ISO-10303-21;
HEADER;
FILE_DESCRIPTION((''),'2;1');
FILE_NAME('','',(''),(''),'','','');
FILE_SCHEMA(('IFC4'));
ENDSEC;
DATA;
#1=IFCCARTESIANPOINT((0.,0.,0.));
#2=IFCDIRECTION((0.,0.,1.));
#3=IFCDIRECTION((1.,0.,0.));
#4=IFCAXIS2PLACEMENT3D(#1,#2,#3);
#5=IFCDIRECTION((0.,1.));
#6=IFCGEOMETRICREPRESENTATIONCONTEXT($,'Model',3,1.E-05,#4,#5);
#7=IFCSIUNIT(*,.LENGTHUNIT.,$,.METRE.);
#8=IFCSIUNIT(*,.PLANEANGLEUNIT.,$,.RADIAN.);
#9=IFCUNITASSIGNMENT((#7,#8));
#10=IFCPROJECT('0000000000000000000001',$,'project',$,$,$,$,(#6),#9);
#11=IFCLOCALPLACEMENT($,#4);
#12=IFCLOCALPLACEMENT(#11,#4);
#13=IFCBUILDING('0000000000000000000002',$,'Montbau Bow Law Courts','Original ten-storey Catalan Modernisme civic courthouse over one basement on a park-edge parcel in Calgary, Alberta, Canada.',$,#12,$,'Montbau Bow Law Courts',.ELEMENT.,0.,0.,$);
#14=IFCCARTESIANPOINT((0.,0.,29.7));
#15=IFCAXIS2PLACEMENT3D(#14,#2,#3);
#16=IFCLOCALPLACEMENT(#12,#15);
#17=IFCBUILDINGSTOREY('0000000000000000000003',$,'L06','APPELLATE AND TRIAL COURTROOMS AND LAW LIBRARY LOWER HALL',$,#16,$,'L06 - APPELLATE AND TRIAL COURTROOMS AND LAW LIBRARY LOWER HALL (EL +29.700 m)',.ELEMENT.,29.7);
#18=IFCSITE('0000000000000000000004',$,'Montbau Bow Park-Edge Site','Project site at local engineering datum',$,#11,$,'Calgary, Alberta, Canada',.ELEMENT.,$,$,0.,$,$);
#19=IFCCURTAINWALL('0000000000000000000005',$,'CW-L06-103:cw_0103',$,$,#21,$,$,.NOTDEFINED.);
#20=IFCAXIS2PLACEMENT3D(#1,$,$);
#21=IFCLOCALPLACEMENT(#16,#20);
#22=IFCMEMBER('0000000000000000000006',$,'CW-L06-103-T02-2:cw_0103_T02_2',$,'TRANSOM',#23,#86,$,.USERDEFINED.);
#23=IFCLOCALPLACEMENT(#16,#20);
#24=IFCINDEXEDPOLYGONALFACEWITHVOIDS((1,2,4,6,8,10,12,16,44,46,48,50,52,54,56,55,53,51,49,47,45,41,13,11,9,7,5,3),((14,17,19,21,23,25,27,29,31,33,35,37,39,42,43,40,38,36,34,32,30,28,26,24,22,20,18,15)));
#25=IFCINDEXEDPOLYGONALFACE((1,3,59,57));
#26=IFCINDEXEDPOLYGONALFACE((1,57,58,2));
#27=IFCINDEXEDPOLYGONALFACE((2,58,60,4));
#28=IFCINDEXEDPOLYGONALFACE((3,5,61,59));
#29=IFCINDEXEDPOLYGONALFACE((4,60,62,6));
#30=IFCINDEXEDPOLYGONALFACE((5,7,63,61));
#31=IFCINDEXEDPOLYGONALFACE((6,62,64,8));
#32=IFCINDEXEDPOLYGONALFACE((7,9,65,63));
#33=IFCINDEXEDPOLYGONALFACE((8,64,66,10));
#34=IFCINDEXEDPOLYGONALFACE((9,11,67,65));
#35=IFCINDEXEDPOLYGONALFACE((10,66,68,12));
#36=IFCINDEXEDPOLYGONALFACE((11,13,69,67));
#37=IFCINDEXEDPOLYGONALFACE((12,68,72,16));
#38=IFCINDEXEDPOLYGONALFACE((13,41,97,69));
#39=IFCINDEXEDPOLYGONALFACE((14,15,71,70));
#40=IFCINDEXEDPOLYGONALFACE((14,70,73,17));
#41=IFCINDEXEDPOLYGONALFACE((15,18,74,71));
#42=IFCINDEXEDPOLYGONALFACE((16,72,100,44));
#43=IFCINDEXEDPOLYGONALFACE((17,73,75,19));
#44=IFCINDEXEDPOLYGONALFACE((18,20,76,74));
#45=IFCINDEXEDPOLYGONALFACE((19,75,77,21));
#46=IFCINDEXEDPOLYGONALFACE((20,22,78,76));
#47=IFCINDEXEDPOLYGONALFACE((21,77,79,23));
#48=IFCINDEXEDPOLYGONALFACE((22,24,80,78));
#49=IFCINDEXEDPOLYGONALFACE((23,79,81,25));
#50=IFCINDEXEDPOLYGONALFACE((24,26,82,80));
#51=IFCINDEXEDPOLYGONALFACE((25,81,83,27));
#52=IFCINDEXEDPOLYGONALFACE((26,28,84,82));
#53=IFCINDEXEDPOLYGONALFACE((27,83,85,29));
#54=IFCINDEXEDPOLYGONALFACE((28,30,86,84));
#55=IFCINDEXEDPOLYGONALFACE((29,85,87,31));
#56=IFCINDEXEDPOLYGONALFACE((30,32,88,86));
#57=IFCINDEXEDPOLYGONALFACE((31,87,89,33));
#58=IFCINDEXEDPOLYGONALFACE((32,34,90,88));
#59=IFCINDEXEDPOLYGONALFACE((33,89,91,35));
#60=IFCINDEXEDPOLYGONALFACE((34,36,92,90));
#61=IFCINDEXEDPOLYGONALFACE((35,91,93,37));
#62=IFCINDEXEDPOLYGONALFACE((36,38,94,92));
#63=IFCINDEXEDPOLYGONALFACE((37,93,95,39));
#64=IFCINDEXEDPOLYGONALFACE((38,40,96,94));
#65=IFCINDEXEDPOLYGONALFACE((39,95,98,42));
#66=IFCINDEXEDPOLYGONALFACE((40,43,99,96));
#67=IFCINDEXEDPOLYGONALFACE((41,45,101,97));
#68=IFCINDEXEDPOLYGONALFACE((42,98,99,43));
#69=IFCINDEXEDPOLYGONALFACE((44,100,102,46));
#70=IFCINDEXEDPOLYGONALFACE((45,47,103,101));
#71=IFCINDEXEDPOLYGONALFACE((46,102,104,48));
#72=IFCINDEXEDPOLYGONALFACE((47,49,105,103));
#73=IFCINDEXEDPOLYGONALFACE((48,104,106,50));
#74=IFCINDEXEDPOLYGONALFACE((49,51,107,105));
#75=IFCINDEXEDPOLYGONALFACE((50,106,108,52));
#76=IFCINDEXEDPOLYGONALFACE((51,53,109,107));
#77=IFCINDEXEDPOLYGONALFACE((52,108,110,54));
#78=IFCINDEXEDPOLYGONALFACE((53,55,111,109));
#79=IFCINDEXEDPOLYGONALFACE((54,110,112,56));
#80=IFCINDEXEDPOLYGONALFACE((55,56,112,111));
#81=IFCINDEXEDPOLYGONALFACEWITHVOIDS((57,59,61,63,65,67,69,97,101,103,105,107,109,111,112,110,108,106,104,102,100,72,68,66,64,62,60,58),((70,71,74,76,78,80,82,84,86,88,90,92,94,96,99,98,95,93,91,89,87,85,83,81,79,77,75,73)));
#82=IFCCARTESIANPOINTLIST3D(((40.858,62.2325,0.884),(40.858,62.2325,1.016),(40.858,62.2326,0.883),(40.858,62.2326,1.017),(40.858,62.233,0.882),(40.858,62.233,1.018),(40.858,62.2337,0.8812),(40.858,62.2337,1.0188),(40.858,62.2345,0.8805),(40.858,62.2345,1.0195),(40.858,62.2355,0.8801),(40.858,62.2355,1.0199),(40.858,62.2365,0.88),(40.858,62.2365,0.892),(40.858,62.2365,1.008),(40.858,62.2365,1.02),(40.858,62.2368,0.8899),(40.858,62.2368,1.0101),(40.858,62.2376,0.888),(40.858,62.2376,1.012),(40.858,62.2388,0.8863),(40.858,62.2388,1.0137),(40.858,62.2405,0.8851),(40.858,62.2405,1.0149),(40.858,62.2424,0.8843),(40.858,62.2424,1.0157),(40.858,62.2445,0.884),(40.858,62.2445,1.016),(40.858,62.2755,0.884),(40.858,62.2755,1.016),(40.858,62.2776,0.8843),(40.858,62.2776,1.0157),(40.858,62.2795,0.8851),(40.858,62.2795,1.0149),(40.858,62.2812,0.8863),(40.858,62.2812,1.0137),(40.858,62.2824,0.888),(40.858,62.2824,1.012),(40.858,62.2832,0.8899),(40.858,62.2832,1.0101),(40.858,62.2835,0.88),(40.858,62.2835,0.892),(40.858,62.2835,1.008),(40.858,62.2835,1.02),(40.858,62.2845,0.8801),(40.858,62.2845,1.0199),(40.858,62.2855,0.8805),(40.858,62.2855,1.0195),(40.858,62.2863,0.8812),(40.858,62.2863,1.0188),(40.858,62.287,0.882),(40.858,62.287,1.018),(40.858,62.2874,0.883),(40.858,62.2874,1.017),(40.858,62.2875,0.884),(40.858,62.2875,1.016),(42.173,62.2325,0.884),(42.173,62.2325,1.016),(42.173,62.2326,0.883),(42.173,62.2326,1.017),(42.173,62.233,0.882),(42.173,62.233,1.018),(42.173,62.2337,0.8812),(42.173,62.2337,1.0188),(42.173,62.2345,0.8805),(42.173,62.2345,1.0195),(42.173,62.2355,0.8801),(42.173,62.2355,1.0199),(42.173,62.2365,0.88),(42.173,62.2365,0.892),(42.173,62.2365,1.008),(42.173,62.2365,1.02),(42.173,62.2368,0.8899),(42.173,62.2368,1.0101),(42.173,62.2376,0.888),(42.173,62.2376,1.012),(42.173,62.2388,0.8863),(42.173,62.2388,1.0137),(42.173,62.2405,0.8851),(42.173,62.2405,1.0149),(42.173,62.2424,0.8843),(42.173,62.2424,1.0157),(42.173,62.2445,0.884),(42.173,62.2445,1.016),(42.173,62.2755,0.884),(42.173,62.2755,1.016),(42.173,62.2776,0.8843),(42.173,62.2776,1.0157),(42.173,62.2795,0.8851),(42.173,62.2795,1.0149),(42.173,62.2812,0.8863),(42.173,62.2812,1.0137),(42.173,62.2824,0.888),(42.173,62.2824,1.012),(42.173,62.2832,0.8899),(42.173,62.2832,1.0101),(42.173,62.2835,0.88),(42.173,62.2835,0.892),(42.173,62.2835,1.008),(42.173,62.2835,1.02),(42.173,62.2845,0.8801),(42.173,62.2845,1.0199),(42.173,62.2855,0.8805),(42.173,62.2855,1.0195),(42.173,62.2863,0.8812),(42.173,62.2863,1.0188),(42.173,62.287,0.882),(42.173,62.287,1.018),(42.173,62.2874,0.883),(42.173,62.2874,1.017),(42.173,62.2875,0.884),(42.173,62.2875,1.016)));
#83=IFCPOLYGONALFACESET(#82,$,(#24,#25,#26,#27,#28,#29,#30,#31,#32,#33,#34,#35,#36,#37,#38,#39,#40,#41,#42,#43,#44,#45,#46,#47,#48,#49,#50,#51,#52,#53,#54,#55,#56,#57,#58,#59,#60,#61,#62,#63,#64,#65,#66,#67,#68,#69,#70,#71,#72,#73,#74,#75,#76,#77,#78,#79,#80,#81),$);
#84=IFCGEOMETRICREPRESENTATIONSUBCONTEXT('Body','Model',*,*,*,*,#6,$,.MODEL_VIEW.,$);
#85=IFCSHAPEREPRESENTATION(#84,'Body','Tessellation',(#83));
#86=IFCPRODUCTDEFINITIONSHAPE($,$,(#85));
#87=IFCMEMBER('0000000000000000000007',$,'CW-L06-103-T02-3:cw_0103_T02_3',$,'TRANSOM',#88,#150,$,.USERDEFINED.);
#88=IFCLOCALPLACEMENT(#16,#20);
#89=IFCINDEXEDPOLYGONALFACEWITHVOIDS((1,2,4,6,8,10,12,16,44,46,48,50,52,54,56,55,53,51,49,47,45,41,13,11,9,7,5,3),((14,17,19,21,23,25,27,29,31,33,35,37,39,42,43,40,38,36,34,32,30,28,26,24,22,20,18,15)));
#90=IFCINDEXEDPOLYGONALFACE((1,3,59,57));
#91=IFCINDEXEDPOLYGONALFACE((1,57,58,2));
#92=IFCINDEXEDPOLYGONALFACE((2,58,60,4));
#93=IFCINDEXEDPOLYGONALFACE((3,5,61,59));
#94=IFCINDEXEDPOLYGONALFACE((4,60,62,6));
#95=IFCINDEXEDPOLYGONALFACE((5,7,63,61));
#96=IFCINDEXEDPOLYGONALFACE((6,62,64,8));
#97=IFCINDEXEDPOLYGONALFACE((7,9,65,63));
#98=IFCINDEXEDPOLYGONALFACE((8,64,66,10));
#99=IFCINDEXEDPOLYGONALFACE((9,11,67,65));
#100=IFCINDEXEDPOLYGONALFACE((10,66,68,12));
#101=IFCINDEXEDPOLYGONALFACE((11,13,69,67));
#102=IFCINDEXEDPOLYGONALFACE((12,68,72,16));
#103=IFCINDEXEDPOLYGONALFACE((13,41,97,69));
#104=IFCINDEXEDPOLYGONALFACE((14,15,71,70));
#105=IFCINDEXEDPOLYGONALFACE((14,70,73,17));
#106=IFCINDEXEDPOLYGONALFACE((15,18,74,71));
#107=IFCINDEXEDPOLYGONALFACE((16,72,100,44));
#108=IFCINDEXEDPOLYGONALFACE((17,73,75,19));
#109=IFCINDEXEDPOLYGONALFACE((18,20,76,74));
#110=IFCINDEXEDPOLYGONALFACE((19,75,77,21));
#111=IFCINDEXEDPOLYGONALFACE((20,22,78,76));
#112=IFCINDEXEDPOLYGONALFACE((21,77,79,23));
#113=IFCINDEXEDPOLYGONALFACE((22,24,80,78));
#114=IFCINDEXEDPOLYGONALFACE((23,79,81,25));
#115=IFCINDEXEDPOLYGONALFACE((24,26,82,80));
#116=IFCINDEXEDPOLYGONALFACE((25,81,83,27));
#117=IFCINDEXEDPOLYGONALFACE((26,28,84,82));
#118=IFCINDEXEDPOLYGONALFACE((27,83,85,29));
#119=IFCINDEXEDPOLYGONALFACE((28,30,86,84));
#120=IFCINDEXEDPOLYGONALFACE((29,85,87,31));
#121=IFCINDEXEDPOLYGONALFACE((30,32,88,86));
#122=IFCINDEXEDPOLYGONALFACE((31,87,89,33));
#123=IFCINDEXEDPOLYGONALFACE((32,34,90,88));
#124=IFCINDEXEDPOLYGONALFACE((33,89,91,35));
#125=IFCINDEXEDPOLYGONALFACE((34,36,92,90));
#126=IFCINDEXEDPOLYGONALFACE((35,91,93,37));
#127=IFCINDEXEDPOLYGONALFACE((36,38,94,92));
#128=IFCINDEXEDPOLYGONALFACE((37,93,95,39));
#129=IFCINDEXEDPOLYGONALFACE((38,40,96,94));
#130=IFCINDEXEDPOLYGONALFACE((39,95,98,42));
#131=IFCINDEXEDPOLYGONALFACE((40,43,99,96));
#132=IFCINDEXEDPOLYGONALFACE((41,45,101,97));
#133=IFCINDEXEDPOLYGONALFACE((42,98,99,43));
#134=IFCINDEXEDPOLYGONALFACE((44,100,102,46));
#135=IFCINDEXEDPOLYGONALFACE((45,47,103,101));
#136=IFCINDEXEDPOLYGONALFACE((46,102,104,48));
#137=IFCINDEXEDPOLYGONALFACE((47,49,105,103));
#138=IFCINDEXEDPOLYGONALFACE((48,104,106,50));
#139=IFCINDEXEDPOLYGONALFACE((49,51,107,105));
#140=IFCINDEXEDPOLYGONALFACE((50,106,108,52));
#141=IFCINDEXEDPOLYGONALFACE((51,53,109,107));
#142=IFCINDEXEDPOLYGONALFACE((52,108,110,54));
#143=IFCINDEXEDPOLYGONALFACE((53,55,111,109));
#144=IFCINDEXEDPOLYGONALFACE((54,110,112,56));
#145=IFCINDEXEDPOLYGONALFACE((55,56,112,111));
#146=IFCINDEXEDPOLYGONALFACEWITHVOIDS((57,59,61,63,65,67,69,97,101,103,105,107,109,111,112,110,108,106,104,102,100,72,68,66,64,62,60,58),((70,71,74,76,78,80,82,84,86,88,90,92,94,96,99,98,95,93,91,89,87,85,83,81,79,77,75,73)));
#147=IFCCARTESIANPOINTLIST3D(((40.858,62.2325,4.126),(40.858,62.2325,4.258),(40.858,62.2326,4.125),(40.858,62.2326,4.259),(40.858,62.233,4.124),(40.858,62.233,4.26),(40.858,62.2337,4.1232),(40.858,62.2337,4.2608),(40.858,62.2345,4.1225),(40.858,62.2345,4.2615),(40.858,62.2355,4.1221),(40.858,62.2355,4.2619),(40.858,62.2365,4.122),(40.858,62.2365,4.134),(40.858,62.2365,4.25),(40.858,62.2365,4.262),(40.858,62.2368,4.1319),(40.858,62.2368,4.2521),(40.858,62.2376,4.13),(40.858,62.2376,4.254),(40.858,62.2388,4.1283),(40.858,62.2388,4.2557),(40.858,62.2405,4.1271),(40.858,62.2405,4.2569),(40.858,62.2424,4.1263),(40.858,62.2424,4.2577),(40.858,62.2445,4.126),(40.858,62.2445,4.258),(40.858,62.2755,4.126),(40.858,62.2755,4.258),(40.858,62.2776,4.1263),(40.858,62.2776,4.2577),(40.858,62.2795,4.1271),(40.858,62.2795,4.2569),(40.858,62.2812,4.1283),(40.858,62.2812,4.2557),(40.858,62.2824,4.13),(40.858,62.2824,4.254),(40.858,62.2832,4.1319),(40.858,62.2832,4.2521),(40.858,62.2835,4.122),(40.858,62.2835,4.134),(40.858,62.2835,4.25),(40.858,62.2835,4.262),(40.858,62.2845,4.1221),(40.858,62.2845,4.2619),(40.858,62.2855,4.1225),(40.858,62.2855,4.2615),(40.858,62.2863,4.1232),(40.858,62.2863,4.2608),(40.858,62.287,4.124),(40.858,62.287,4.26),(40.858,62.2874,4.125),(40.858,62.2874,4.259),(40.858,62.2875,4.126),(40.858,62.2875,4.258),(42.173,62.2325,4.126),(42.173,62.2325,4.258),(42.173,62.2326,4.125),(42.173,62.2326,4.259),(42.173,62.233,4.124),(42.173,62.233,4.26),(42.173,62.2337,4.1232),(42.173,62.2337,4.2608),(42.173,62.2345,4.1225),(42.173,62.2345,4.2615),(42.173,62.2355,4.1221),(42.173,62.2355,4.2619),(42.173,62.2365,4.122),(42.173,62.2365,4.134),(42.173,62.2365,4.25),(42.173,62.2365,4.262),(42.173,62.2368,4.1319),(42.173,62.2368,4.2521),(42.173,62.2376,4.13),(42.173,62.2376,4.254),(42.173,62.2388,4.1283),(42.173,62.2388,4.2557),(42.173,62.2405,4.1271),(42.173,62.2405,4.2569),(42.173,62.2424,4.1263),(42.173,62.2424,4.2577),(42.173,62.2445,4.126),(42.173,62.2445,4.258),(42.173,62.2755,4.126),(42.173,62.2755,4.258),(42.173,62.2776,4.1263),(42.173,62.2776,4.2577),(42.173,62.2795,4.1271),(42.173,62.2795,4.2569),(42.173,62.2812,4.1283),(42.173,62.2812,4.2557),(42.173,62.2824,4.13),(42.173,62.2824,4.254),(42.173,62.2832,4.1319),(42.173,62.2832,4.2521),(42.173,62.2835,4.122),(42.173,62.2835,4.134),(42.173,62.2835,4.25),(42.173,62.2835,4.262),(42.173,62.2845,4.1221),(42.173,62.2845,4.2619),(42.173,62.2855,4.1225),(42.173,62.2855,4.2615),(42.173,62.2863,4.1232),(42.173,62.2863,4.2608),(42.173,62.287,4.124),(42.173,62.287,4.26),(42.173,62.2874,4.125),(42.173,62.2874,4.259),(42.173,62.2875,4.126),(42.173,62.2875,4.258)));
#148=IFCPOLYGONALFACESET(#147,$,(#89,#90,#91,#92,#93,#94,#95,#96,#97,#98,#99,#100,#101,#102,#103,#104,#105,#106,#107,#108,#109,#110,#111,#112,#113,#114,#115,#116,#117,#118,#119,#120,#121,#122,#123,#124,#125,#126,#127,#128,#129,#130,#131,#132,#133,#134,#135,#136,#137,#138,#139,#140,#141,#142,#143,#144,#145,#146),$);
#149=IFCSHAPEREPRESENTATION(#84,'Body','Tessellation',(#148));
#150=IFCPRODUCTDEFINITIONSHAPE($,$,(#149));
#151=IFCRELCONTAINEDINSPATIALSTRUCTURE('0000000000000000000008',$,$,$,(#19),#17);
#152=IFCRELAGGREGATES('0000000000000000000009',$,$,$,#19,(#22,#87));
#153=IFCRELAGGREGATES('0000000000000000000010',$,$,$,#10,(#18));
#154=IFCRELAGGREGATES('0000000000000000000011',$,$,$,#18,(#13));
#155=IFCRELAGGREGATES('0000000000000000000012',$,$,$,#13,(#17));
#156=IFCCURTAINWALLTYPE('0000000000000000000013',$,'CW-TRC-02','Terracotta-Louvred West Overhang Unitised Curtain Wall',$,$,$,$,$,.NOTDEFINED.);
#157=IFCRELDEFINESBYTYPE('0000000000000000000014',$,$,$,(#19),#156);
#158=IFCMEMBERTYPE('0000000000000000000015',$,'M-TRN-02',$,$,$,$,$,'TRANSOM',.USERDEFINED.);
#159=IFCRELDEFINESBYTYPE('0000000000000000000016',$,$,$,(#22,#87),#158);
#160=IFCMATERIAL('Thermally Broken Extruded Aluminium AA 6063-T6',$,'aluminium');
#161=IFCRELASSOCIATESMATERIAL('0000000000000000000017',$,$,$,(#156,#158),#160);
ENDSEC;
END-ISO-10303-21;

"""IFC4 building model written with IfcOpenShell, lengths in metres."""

from ifc_helpers import new_model, si_unit, direction, frame, origin_with_axes, origin_2d_with_axis, place, context, subcontext, project, spatial, hollow_rectangle, extrude, material, material_profile, profile_set, type_object, element, aggregate, save


model = new_model("IFC4")

# Units and contexts
model_context = context("Model", 3, precision=1e-05, world=origin_with_axes(), true_north=direction((0.0, 1.0)))
body_context = subcontext(model_context, "Body", "Model", "MODEL_VIEW")
ifc_project = project(units=[si_unit("LENGTHUNIT", "METRE"), si_unit("PLANEANGLEUNIT", "RADIAN")], contexts=[model_context])

# Site, building, storey
site_placement = place(None, origin_with_axes())
site = spatial("IfcSite", under=ifc_project, at=site_placement, Name="Montbau Bow Park-Edge Site", Description="Project site at local engineering datum", LongName="Calgary, Alberta, Canada", CompositionType="ELEMENT", RefElevation=0.0)
building_placement = place(site_placement, origin_with_axes())
building = spatial("IfcBuilding", under=site, at=building_placement, Name="Montbau Bow Law Courts", Description="Original ten-storey Catalan Modernisme civic courthouse over one basement on a park-edge parcel in Calgary, Alberta, Canada.", LongName="Montbau Bow Law Courts", CompositionType="ELEMENT", ElevationOfRefHeight=0.0, ElevationOfTerrain=0.0)
storey_placement = place(building_placement, frame((0.0, 0.0, 29.7), z_axis=(0.0, 0.0, 1.0), x_axis=(1.0, 0.0, 0.0)))
storey = spatial("IfcBuildingStorey", under=building, at=storey_placement, Name="L06", Description="APPELLATE AND TRIAL COURTROOMS AND LAW LIBRARY LOWER HALL", LongName="L06 - APPELLATE AND TRIAL COURTROOMS AND LAW LIBRARY LOWER HALL (EL +29.700 m)", CompositionType="ELEMENT", Elevation=29.7)

# Curtain wall, members
ifc_material_1 = material(Name="Thermally Broken Extruded Aluminium AA 6063-T6", Category="aluminium")
curtain_wall_type = type_object("IfcCurtainWallType", Name="CW-TRC-02", Description="Terracotta-Louvred West Overhang Unitised Curtain Wall", PredefinedType="NOTDEFINED", material=ifc_material_1)
curtain_wall_placement = place(None, frame((39.44, 62.26, 29.7), z_axis=(0.0, 0.0, 1.0), x_axis=(1.0, 0.0, 0.0)))
curtain_wall = element("IfcCurtainWall", 1, at=curtain_wall_placement, inside=storey, type_object=curtain_wall_type, Name="CW-L06-103:cw_0103", PredefinedType="NOTDEFINED")
ifc_material_profile_1 = material_profile(ifc_material_1, hollow_rectangle(XDim=0.055, YDim=0.14, WallThickness=0.004, InnerFilletRadius=0.008, OuterFilletRadius=0.004, at=origin_2d_with_axis()), Name="CWT-140X55", Category="Main", Priority=0)
ifc_profile_set_1 = profile_set([ifc_material_profile_1], Name="Thermally Broken Extruded Aluminium AA 6063-T6")
member_type_1 = type_object("IfcMemberType", Name="M-TRN-02", ElementType="TRANSOM", PredefinedType="USERDEFINED", material=ifc_profile_set_1)
member_1_placement = place(None, frame((40.858, 62.26, 30.65), z_axis=(1.0, 0.0, 0.0), x_axis=(0.0, 1.0, 0.0)))
member_1 = element("IfcMember", 2, at=member_1_placement, type_object=member_type_1, Name="CW-L06-103-T02-2:cw_0103_T02_2", ObjectType="TRANSOM", PredefinedType="USERDEFINED", context=body_context, shape_type="SweptSolid", body=[
    extrude(hollow_rectangle(XDim=0.055, YDim=0.14, WallThickness=0.004, InnerFilletRadius=0.008, OuterFilletRadius=0.004, at=origin_2d_with_axis()), origin_with_axes(), (0.0, 0.0, 1.0), 1.315),
])
member_2_placement = place(None, frame((40.858, 62.26, 33.892), z_axis=(1.0, 0.0, 0.0), x_axis=(0.0, 1.0, 0.0)))
member_2 = element("IfcMember", 3, at=member_2_placement, type_object=member_type_1, Name="CW-L06-103-T02-3:cw_0103_T02_3", ObjectType="TRANSOM", PredefinedType="USERDEFINED", context=body_context, shape_type="SweptSolid", body=[
    extrude(hollow_rectangle(XDim=0.055, YDim=0.14, WallThickness=0.004, InnerFilletRadius=0.008, OuterFilletRadius=0.004, at=origin_2d_with_axis()), origin_with_axes(), (0.0, 0.0, 1.0), 1.315),
])
aggregate(curtain_wall, [member_1, member_2])

save(model, "model.ifc")
